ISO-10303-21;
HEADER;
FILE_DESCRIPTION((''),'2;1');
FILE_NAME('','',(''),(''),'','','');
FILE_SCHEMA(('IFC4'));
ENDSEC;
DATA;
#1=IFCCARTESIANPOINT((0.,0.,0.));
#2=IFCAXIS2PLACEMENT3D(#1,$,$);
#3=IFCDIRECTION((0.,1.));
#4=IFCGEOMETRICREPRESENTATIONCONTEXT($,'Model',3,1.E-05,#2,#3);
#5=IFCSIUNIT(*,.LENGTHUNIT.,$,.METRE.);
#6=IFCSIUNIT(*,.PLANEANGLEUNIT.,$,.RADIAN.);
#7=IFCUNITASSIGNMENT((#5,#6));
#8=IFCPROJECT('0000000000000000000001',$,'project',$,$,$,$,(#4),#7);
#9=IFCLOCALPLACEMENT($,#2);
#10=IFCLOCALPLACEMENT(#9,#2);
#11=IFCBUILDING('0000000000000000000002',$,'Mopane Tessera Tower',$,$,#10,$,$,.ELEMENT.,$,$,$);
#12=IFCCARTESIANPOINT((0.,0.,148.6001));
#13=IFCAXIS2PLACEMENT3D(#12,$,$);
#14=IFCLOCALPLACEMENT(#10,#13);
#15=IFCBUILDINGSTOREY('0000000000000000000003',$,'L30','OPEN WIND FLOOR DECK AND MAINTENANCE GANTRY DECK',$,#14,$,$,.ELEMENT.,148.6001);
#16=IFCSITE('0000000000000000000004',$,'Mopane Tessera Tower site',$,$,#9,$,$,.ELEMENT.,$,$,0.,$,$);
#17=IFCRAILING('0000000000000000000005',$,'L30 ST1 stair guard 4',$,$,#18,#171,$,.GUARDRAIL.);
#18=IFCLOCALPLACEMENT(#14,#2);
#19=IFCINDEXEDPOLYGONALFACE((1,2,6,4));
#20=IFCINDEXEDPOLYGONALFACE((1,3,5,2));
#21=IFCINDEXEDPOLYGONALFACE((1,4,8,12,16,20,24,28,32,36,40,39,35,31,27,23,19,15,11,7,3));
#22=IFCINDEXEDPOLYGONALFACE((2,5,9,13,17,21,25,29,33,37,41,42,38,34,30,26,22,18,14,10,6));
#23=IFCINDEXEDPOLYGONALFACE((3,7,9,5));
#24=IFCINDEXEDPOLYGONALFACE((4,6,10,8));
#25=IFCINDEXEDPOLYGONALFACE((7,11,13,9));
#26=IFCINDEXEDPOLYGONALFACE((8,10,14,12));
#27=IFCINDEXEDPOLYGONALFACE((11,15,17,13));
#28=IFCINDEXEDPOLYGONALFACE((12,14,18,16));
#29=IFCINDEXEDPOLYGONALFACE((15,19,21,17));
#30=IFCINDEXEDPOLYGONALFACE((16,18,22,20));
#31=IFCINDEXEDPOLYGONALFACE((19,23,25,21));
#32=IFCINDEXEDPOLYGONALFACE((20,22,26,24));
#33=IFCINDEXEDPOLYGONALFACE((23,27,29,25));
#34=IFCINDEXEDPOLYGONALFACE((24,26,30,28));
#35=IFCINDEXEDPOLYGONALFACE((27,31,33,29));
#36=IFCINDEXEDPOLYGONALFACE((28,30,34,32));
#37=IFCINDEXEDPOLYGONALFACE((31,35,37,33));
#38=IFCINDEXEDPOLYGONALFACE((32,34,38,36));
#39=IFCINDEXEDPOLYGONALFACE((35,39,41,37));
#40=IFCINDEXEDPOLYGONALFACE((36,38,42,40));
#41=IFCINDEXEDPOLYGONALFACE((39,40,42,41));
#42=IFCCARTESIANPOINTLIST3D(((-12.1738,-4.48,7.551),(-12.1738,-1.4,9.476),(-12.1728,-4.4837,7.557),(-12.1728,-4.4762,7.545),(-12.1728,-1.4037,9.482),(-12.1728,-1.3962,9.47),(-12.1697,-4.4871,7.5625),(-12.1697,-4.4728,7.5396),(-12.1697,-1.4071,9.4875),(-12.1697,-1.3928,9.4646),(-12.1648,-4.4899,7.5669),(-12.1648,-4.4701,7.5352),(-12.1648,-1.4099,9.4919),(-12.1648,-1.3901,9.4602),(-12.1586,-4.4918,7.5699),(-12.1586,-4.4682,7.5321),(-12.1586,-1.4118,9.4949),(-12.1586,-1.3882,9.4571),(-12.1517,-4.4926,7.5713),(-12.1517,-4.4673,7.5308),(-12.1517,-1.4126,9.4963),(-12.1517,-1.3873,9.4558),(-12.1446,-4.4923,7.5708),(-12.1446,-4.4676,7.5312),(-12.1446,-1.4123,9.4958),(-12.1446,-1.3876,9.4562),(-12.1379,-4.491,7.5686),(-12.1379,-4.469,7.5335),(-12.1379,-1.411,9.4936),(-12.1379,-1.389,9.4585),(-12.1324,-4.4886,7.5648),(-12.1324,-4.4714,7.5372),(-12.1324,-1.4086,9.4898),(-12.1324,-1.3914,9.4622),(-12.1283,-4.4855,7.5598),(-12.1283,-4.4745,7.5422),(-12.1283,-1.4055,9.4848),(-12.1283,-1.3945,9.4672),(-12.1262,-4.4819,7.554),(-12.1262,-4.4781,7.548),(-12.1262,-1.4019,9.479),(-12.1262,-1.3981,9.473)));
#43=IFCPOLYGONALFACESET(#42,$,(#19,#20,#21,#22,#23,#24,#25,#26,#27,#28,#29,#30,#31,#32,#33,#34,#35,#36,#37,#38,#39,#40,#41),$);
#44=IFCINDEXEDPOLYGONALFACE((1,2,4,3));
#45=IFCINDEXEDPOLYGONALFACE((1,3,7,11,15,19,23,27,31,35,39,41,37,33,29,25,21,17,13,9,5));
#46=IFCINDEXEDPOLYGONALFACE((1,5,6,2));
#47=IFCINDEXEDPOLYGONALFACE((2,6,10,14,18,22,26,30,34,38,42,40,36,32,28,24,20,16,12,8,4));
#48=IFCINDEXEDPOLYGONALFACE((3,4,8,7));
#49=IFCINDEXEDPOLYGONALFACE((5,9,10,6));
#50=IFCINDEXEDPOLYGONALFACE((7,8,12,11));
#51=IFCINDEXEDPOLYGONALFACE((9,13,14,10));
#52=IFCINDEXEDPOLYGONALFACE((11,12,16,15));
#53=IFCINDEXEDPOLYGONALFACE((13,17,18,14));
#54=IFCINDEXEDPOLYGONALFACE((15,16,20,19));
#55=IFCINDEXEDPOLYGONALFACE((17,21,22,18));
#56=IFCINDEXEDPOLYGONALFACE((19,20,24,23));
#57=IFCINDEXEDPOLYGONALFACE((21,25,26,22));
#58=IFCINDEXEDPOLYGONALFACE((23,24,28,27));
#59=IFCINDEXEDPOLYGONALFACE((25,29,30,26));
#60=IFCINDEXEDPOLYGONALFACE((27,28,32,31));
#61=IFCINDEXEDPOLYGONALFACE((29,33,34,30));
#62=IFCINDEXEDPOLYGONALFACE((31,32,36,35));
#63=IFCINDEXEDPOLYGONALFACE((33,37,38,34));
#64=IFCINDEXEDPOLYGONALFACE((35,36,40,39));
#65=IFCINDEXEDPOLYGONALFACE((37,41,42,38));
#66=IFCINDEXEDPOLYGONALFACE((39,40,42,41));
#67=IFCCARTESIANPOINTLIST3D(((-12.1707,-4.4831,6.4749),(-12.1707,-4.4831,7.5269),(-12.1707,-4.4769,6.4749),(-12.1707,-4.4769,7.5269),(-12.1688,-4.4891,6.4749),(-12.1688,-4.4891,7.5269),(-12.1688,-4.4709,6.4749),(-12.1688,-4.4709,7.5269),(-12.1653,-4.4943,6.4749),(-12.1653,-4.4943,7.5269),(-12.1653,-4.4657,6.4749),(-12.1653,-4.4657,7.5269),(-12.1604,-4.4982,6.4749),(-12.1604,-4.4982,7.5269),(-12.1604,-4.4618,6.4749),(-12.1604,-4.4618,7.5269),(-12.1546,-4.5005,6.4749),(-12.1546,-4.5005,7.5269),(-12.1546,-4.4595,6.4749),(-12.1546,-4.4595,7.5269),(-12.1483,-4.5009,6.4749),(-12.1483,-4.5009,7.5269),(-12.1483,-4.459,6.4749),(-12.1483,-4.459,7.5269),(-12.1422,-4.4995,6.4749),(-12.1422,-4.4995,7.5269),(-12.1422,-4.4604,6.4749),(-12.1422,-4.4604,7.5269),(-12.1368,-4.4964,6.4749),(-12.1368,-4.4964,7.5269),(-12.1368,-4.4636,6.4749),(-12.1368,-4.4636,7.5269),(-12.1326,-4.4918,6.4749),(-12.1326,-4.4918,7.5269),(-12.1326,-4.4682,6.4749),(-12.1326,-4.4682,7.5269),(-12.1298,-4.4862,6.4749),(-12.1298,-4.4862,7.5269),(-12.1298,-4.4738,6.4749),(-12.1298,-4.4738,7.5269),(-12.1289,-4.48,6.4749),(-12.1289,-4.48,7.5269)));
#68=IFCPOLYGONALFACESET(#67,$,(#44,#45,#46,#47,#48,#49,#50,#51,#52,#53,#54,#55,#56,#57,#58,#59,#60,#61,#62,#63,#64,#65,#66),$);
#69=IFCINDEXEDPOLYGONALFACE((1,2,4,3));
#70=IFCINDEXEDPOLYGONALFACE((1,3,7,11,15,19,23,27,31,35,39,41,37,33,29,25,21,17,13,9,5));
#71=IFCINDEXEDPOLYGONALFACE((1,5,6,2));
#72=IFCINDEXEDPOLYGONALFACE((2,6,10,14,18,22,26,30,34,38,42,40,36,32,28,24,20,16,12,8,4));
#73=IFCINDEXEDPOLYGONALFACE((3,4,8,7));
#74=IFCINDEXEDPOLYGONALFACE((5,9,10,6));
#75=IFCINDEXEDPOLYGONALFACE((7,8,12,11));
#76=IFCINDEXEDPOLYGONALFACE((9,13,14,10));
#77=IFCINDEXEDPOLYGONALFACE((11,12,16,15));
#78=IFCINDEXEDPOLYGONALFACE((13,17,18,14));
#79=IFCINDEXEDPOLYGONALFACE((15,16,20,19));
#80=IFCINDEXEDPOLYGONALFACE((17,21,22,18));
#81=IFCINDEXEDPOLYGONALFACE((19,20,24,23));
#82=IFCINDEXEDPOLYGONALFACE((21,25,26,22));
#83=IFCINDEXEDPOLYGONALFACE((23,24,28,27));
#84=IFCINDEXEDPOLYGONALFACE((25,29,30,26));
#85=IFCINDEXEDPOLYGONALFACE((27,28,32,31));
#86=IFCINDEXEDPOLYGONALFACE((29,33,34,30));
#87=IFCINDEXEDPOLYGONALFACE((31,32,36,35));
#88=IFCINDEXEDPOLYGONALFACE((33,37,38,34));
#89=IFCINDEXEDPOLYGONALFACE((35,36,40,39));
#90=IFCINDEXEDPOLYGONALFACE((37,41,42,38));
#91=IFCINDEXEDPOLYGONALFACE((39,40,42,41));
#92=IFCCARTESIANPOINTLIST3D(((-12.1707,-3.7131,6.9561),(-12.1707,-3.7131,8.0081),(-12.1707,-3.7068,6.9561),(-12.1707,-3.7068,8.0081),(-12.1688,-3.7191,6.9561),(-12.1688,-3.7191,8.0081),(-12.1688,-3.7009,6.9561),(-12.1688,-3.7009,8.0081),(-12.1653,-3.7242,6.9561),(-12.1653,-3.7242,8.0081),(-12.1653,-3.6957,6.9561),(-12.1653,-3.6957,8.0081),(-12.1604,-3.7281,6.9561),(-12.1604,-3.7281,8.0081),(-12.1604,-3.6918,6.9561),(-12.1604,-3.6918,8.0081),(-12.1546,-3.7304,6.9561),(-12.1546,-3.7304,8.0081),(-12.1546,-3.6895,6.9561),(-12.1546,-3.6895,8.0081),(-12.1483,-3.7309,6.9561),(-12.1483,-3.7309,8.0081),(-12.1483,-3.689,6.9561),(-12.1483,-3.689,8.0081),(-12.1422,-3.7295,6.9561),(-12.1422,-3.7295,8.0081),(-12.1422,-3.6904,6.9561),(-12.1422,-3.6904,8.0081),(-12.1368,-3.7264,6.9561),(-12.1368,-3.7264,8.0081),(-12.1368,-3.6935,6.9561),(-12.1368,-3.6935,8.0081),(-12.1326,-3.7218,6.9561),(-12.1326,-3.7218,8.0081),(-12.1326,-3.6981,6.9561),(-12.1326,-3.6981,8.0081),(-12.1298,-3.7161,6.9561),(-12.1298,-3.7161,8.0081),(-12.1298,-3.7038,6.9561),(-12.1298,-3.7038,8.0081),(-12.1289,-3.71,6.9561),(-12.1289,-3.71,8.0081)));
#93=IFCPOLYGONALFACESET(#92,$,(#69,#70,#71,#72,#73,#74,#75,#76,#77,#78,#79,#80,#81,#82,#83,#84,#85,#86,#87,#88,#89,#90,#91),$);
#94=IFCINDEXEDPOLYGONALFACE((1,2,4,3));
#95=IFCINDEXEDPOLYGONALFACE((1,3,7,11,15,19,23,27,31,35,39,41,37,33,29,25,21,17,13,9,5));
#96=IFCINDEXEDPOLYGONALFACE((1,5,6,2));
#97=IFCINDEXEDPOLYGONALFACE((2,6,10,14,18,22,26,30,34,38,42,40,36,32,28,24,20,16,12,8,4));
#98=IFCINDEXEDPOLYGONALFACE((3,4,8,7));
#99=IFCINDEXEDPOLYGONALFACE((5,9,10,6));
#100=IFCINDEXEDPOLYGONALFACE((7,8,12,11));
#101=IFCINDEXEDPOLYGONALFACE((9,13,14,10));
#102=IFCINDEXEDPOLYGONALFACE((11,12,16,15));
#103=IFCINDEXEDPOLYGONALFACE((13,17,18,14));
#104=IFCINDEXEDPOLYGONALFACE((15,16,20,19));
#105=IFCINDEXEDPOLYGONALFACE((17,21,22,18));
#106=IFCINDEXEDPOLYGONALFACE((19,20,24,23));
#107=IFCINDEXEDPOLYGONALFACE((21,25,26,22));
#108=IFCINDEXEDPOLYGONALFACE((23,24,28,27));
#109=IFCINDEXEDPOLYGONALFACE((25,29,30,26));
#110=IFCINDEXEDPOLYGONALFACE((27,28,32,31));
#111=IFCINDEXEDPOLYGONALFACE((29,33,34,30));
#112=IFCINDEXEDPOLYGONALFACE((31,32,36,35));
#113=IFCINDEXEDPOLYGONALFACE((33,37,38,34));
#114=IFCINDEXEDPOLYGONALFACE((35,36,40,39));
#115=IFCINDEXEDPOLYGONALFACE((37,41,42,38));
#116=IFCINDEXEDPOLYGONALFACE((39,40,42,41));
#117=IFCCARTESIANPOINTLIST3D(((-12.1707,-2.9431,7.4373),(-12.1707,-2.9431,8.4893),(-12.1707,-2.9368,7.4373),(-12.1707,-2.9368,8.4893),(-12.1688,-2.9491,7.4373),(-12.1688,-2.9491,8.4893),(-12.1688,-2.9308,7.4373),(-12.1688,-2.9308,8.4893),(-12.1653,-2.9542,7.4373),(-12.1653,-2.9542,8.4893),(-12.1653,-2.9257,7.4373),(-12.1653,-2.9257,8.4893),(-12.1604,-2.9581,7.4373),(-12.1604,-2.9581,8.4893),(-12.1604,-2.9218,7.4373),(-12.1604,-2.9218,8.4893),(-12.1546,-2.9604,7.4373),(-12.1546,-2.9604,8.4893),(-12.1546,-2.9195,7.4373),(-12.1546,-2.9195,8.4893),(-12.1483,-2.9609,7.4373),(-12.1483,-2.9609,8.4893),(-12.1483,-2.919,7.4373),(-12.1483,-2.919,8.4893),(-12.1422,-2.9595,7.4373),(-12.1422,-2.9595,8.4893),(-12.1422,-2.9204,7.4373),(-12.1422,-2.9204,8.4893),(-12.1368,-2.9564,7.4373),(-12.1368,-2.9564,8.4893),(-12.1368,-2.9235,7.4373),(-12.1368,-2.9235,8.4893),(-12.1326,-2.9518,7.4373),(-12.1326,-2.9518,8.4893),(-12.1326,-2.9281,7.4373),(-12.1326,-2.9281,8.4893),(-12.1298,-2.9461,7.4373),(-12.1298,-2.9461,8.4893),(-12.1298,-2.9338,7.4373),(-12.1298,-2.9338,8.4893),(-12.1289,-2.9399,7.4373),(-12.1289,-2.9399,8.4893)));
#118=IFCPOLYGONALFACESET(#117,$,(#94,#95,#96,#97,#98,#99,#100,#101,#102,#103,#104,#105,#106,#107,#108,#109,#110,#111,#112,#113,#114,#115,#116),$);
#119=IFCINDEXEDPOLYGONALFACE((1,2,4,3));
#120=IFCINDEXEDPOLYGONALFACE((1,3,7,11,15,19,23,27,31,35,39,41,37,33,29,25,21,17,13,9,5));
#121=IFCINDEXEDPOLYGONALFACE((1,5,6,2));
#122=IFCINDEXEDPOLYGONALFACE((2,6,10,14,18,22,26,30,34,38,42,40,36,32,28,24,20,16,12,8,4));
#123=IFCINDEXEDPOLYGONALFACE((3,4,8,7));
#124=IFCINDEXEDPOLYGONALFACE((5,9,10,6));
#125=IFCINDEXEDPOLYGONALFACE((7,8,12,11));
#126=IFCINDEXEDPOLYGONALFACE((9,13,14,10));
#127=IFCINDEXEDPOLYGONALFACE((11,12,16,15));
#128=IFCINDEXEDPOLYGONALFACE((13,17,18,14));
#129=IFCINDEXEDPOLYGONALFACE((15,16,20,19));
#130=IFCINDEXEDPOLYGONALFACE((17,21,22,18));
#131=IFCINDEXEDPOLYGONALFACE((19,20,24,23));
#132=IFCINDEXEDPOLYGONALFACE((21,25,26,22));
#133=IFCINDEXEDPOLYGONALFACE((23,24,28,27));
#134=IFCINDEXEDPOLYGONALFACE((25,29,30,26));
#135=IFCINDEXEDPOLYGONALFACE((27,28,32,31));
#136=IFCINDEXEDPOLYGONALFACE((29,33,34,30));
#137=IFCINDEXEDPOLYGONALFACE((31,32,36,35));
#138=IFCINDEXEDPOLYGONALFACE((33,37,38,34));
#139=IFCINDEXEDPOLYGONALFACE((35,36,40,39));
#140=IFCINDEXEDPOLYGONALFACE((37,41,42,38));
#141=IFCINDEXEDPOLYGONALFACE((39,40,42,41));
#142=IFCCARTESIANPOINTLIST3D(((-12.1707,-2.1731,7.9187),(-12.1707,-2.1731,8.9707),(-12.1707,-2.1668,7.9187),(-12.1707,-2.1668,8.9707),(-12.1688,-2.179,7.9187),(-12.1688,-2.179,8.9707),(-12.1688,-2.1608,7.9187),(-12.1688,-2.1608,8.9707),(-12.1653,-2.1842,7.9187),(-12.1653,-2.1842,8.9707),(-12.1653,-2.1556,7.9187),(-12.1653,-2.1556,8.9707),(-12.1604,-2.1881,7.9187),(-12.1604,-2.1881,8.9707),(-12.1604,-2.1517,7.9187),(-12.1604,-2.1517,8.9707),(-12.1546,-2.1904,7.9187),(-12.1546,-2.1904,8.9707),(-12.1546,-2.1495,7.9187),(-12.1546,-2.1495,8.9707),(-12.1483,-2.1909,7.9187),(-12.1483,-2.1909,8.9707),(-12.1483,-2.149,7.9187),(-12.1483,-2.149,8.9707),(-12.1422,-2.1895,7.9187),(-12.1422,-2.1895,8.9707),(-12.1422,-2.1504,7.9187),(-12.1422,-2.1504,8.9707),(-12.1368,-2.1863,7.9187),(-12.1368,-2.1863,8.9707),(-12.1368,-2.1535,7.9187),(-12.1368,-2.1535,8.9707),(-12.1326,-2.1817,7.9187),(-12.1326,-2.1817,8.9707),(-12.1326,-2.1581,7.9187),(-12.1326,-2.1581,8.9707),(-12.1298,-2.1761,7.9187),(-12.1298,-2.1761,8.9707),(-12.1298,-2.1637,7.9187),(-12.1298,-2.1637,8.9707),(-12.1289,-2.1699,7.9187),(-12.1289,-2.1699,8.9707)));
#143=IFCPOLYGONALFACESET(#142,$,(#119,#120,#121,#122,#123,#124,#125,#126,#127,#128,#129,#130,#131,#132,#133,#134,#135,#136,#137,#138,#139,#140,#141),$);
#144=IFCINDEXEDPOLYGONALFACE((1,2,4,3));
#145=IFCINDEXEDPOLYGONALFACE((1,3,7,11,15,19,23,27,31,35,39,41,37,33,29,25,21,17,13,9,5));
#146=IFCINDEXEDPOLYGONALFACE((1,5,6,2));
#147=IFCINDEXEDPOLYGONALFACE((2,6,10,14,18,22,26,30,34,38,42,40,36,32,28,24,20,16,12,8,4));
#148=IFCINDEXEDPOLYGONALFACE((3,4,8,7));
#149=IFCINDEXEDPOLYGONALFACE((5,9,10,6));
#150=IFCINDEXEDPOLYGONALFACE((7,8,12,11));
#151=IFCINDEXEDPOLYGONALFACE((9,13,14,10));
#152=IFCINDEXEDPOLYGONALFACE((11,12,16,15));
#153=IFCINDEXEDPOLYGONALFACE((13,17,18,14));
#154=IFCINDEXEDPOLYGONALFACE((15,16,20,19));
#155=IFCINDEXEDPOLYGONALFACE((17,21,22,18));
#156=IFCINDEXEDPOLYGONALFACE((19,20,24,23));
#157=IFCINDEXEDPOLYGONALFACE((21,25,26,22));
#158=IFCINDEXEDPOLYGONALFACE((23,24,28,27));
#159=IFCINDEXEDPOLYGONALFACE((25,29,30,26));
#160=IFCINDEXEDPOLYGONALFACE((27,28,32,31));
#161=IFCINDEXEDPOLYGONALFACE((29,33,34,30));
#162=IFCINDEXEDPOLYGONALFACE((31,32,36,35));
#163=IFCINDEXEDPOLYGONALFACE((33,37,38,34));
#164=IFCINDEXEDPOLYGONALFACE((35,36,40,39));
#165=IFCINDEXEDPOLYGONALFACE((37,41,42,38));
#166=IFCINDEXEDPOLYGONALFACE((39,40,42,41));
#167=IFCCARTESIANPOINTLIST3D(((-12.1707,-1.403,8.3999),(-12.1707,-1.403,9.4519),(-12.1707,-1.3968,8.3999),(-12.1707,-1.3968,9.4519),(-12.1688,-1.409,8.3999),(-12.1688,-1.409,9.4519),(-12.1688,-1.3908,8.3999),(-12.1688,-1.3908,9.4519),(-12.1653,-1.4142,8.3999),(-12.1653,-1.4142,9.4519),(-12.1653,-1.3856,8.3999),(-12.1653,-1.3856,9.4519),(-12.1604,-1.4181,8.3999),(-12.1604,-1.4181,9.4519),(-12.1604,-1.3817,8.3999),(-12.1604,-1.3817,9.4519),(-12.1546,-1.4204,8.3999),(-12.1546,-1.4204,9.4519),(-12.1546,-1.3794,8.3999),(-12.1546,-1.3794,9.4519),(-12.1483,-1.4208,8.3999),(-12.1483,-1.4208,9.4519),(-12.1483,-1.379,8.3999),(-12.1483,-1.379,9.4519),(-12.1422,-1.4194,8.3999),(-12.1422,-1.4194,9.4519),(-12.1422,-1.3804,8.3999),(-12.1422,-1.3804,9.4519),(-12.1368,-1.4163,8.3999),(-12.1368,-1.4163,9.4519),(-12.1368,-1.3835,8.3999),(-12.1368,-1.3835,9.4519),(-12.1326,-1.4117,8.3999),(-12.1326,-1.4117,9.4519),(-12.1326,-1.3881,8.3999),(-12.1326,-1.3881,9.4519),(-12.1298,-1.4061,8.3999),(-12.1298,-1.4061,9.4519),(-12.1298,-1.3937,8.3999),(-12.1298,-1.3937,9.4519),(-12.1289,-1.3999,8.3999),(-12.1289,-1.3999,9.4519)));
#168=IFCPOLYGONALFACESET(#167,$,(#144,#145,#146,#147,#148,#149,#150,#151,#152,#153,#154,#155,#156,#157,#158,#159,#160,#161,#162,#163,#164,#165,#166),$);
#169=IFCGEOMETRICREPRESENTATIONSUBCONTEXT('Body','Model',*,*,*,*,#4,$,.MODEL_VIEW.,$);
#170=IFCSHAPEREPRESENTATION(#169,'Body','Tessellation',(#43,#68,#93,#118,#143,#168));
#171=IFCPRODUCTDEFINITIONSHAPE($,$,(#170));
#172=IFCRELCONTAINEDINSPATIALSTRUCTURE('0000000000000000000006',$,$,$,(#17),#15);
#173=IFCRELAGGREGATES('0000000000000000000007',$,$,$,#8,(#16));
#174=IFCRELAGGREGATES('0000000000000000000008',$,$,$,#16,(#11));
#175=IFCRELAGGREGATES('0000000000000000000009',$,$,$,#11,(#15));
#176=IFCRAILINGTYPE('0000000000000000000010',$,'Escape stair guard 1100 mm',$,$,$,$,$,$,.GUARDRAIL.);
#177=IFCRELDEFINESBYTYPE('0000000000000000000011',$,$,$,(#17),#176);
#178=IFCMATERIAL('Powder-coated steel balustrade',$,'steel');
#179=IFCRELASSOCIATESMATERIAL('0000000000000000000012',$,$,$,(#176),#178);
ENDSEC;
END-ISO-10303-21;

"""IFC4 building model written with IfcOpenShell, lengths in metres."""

from ifc_helpers import new_model, si_unit, direction, frame, origin, origin_2d, place, context, subcontext, project, spatial, circle, extrude, material, type_object, element, save


model = new_model("IFC4")

# Units and contexts
model_context = context("Model", 3, precision=1e-05, world=origin(), true_north=direction((0.0, 1.0)))
body_context = subcontext(model_context, "Body", "Model", "MODEL_VIEW")
ifc_project = project(units=[si_unit("LENGTHUNIT", "METRE"), si_unit("PLANEANGLEUNIT", "RADIAN")], contexts=[model_context])

# Site, building, storey
site_placement = place(None, origin())
site = spatial("IfcSite", under=ifc_project, at=site_placement, Name="Mopane Tessera Tower site", CompositionType="ELEMENT", RefElevation=0.0)
building_placement = place(site_placement, origin())
building = spatial("IfcBuilding", under=site, at=building_placement, Name="Mopane Tessera Tower", CompositionType="ELEMENT")
storey_placement = place(building_placement, frame((0.0, 0.0, 148.6001)))
storey = spatial("IfcBuildingStorey", under=building, at=storey_placement, Name="L30", Description="OPEN WIND FLOOR DECK AND MAINTENANCE GANTRY DECK", CompositionType="ELEMENT", Elevation=148.6001)

# Railing
ifc_material_1 = material(Name="Powder-coated steel balustrade", Category="steel")
railing_type_1 = type_object("IfcRailingType", Name="Escape stair guard 1100 mm", PredefinedType="GUARDRAIL", material=ifc_material_1)
railing_1_placement = place(storey_placement, frame((-12.1499, -4.48, 6.4749)))
element("IfcRailing", 1, at=railing_1_placement, inside=storey, type_object=railing_type_1, Name="L30 ST1 stair guard 4", PredefinedType="GUARDRAIL", context=body_context, shape_type="SweptSolid", body=[
    extrude(circle(Radius=0.0239, at=origin_2d()), frame((0.0, 0.0, 1.0762), z_axis=(0.0, 0.847998, 0.529999), x_axis=(-1.0, 0.0, 0.0)), (0.0, 0.0, 1.0), 3.6321),
    extrude(circle(Radius=0.021, at=origin_2d()), origin(), (0.0, 0.0, 1.0), 1.052),
    extrude(circle(Radius=0.021, at=origin_2d()), frame((0.0, 0.77, 0.4812)), (0.0, 0.0, 1.0), 1.052),
    extrude(circle(Radius=0.021, at=origin_2d()), frame((0.0, 1.54, 0.9624)), (0.0, 0.0, 1.0), 1.052),
    extrude(circle(Radius=0.021, at=origin_2d()), frame((0.0, 2.3101, 1.4438)), (0.0, 0.0, 1.0), 1.052),
    extrude(circle(Radius=0.021, at=origin_2d()), frame((0.0, 3.0801, 1.925)), (0.0, 0.0, 1.0), 1.052),
])

save(model, "model.ifc")
